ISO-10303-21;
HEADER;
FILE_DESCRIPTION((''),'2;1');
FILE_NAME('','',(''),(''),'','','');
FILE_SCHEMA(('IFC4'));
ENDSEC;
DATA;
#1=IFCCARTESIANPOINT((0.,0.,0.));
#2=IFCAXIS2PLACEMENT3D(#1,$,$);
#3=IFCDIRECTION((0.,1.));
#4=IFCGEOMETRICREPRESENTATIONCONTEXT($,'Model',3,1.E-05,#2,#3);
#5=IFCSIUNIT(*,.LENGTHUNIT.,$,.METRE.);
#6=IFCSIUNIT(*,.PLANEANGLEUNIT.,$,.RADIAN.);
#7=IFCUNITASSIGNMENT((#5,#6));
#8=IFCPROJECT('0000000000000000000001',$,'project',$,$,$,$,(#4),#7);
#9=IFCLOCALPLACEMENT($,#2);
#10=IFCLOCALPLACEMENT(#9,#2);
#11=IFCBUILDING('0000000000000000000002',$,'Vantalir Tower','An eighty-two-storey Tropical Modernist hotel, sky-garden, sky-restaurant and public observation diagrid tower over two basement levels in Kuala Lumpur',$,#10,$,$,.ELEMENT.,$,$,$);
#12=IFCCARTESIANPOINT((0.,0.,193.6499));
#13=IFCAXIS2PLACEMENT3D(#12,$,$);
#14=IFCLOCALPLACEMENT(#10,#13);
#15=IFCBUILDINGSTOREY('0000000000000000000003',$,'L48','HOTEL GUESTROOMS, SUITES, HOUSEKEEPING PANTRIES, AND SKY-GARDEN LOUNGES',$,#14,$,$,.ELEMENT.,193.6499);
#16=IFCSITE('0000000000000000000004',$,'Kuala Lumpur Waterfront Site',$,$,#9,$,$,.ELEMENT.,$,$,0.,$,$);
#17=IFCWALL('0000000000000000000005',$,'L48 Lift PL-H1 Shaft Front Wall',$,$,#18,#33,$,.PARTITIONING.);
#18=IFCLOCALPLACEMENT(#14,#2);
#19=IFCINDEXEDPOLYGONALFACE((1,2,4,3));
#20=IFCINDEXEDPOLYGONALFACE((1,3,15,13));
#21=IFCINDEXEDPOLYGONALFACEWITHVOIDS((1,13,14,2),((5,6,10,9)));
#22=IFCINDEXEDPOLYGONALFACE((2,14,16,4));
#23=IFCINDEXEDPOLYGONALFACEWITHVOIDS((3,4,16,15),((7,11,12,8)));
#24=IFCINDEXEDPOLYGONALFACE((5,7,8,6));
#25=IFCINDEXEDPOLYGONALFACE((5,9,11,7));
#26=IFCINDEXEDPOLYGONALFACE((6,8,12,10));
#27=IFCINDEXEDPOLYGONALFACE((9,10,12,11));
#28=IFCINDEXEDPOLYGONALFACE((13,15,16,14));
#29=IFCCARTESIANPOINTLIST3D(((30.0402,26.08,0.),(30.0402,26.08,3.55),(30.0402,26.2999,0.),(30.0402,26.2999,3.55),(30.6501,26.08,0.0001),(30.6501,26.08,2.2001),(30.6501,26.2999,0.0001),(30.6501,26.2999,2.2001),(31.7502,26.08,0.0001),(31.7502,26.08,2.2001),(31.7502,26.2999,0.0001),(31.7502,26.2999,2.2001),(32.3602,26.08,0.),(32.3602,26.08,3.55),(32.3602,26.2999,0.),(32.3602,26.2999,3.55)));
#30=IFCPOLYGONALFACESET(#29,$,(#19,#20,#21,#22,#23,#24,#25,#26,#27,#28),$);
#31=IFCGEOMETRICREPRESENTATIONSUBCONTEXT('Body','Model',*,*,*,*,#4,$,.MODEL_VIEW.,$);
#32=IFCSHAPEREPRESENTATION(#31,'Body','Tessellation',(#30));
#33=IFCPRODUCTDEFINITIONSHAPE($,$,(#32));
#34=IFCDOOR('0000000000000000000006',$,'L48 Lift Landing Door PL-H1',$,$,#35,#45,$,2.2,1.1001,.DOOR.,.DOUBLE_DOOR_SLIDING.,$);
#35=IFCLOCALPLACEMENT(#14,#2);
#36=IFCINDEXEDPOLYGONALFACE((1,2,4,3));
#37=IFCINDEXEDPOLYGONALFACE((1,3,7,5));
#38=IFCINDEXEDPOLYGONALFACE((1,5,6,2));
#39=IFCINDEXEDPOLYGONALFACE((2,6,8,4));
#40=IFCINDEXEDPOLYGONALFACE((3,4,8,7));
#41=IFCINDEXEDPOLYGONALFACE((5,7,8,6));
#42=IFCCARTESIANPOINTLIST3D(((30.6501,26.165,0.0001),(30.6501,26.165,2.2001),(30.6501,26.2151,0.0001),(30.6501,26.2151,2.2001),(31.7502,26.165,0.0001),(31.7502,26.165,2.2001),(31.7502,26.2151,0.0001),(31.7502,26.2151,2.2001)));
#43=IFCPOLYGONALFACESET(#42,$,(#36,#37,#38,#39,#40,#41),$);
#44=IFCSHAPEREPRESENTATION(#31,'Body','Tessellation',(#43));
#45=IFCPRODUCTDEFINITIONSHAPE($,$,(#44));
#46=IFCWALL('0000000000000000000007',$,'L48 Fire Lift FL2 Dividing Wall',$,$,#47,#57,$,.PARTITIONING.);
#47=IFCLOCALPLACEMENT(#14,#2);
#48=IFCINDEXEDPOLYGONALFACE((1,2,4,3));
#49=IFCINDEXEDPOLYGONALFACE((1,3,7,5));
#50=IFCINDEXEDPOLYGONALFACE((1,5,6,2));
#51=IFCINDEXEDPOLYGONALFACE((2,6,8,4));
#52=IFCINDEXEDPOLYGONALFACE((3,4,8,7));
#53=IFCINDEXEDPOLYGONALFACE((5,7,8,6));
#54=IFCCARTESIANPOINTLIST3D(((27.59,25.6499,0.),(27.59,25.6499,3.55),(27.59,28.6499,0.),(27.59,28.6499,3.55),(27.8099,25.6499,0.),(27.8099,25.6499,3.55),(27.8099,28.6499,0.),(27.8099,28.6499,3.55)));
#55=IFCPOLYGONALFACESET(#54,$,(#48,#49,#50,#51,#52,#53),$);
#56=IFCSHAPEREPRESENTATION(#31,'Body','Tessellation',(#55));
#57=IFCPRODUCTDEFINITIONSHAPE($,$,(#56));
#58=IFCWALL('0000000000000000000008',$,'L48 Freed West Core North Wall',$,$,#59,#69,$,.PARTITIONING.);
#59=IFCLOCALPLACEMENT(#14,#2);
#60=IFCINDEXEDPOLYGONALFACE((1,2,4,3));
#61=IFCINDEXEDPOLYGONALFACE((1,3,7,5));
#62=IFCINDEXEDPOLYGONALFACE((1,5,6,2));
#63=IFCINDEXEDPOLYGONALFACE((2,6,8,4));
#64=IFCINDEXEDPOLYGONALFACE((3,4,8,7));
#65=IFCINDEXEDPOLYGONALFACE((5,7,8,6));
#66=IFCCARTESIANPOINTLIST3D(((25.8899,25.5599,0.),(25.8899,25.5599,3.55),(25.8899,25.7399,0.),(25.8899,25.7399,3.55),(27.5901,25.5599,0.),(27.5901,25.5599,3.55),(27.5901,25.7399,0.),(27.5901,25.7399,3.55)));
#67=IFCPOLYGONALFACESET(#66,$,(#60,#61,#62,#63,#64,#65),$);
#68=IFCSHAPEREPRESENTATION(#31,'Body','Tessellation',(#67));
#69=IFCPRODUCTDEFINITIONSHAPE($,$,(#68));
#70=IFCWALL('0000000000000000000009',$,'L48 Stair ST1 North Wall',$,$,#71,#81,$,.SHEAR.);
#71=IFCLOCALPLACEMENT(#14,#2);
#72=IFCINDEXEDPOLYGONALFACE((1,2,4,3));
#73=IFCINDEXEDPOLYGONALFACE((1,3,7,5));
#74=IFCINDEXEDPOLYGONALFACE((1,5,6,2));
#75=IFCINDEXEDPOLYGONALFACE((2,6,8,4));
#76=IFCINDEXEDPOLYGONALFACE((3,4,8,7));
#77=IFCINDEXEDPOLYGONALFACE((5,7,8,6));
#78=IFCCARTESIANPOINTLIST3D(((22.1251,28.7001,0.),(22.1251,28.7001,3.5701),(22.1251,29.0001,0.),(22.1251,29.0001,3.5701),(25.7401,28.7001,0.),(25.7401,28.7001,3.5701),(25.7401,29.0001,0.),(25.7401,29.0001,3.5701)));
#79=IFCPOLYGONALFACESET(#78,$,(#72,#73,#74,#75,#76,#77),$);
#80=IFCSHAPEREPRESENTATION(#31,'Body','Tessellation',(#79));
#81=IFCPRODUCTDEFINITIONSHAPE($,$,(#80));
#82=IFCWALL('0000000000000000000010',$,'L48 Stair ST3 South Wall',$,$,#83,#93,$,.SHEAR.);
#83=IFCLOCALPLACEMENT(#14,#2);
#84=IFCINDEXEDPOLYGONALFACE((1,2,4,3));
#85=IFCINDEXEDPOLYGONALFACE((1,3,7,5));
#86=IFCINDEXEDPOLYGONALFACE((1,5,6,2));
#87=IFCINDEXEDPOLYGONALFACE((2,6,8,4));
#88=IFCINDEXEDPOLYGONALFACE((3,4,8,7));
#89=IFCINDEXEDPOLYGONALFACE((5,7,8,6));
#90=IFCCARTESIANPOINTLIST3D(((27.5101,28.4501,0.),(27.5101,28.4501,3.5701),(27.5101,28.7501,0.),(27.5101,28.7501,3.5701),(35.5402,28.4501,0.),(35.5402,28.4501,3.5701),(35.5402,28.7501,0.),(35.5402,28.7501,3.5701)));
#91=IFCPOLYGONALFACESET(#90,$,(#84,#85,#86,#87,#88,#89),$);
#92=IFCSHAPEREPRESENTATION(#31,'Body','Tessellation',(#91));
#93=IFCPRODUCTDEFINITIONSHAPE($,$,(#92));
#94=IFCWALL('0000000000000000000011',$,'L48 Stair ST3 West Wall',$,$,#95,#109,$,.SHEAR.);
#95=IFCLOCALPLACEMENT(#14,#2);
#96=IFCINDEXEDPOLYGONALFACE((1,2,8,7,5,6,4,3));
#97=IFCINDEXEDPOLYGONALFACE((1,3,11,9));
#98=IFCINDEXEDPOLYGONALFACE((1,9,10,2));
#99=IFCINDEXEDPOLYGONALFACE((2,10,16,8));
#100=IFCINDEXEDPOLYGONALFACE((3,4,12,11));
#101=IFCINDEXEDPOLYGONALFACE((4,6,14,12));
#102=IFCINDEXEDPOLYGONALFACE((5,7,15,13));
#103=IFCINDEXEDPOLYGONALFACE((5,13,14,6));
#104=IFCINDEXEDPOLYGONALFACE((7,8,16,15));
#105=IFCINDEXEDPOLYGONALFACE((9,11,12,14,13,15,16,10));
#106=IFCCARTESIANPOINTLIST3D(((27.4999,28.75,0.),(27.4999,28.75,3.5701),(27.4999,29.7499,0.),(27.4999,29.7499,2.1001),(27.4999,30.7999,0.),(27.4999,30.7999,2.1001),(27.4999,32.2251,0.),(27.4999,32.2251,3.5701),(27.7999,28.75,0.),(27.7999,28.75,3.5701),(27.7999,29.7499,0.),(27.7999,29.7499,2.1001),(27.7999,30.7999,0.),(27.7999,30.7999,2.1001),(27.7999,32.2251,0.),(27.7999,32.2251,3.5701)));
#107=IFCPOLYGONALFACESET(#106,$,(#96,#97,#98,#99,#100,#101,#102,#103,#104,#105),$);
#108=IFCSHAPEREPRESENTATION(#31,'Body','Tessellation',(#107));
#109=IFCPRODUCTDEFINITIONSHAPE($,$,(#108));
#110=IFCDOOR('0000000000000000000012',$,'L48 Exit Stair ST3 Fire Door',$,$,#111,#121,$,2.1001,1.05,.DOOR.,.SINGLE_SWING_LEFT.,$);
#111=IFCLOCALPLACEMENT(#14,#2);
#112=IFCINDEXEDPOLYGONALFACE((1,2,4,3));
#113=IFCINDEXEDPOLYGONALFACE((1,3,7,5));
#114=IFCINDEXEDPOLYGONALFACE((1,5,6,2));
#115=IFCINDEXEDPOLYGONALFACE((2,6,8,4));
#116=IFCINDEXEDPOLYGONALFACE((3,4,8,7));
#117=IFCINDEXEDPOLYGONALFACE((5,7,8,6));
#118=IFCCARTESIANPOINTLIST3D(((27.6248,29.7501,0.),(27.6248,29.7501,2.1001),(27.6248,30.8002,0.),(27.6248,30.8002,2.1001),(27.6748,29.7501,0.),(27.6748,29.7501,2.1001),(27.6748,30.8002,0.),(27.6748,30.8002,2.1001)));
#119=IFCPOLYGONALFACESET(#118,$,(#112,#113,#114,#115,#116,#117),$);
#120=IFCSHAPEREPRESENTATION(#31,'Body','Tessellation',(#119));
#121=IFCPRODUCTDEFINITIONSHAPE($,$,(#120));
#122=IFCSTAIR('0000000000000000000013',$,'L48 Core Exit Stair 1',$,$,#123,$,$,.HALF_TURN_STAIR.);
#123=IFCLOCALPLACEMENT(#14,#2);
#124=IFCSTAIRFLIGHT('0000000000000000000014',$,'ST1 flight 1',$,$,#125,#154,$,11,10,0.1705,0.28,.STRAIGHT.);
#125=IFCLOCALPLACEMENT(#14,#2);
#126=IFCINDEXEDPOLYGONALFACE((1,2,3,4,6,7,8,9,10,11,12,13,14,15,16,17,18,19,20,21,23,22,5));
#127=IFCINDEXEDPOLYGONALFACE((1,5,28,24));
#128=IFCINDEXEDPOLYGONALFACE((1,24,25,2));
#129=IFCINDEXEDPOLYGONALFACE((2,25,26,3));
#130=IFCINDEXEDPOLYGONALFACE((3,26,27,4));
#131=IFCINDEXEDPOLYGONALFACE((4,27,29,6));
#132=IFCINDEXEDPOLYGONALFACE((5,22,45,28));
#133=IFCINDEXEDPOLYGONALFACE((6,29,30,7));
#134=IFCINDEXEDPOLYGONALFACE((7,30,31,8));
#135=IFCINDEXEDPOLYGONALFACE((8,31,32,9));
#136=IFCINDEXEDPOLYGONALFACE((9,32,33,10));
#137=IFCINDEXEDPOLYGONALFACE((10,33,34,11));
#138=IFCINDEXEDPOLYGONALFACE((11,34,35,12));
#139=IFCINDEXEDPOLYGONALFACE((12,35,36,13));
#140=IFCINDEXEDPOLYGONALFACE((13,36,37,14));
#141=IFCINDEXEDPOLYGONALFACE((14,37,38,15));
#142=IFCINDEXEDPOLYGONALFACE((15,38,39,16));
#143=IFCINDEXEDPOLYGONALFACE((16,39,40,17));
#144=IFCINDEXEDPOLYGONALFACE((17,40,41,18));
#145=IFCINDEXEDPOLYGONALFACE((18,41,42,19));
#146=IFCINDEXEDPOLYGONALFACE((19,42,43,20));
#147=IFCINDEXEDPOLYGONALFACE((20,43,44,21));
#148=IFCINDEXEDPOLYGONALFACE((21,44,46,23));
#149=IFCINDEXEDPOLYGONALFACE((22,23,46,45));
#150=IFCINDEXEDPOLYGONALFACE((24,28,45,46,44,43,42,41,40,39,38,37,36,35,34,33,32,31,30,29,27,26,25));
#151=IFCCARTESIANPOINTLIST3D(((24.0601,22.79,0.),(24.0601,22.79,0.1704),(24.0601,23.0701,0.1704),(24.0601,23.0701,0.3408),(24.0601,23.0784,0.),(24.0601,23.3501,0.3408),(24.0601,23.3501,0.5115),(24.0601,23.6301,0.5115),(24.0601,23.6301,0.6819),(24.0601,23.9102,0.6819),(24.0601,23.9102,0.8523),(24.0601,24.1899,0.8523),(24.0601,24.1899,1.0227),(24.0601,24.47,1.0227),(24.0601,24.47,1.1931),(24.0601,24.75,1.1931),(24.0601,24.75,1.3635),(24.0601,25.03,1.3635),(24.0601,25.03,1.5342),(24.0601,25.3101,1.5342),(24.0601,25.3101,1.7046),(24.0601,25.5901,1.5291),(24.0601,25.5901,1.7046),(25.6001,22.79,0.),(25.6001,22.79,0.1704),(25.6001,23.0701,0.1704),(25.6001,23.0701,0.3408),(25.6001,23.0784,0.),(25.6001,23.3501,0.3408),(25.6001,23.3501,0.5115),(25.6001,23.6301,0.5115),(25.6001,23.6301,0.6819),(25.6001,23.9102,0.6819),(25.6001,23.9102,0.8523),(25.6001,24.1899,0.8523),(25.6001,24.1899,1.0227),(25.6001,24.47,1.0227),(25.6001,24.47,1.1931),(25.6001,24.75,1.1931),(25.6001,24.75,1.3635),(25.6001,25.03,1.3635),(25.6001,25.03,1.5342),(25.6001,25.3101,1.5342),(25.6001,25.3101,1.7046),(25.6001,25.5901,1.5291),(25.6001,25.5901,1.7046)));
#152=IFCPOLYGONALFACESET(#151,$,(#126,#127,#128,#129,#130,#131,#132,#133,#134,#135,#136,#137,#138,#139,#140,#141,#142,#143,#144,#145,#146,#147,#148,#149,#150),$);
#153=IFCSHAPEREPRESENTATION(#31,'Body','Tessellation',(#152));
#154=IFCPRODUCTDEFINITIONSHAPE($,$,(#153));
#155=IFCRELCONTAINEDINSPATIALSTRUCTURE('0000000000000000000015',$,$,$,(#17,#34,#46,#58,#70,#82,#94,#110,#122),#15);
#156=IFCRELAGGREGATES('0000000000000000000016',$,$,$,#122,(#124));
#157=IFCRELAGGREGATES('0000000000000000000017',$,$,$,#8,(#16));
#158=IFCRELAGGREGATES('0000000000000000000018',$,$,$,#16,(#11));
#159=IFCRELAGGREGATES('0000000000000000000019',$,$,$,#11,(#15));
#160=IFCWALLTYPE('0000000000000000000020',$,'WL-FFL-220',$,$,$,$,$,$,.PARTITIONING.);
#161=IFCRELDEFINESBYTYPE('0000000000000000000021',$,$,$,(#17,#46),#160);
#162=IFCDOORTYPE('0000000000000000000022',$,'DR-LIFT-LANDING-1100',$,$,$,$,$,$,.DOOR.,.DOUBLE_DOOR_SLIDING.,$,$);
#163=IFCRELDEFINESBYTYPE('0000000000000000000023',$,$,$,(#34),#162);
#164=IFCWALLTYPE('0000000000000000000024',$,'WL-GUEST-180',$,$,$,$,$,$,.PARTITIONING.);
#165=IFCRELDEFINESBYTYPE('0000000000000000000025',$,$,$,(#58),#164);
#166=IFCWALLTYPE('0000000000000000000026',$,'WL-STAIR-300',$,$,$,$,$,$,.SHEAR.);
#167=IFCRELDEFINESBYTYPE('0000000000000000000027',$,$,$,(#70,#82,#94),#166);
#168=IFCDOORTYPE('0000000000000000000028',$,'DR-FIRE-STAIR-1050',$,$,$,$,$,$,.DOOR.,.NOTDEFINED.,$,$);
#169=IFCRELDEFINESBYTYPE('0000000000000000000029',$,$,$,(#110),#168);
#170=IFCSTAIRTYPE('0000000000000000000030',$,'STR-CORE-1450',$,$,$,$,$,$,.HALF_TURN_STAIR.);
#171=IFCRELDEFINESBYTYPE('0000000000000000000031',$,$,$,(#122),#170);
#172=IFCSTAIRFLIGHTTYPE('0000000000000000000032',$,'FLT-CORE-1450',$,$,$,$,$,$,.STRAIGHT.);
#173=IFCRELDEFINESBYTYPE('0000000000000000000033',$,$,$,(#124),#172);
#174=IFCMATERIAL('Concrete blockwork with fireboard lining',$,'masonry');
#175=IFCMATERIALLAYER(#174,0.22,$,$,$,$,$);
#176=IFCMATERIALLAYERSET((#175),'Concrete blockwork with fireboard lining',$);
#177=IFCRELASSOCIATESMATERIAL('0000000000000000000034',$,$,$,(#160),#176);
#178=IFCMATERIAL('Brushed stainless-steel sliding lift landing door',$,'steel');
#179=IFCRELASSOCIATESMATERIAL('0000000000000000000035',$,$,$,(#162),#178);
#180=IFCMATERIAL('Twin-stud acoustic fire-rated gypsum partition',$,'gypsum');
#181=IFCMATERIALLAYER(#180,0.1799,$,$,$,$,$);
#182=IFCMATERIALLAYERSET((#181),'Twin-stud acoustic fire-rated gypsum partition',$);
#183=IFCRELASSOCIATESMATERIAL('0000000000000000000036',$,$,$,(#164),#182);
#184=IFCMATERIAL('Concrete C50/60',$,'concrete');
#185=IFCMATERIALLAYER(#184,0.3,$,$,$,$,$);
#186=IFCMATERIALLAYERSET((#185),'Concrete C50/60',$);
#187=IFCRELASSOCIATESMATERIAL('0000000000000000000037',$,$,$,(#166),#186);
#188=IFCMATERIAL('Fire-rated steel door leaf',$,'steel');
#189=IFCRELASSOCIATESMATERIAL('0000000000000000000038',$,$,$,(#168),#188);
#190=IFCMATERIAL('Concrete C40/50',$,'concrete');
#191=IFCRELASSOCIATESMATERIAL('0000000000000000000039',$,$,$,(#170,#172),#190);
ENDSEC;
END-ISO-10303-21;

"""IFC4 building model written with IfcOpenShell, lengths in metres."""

from ifc_helpers import new_model, si_unit, direction, frame, frame_2d, origin, place, context, subcontext, project, spatial, polyline, rectangle, outline, extrude, material, layer, layer_set, type_object, element, fill, aggregate, save


model = new_model("IFC4")

# Units and contexts
model_context = context("Model", 3, precision=1e-05, world=origin(), true_north=direction((0.0, 1.0)))
body_context = subcontext(model_context, "Body", "Model", "MODEL_VIEW")
ifc_project = project(units=[si_unit("LENGTHUNIT", "METRE"), si_unit("PLANEANGLEUNIT", "RADIAN")], contexts=[model_context])

# Site, building, storey
site_placement = place(None, origin())
site = spatial("IfcSite", under=ifc_project, at=site_placement, Name="Kuala Lumpur Waterfront Site", CompositionType="ELEMENT", RefElevation=0.0)
building_placement = place(site_placement, origin())
building = spatial("IfcBuilding", under=site, at=building_placement, Name="Vantalir Tower", Description="An eighty-two-storey Tropical Modernist hotel, sky-garden, sky-restaurant and public observation diagrid tower over two basement levels in Kuala Lumpur", CompositionType="ELEMENT")
storey_placement = place(building_placement, frame((0.0, 0.0, 193.6499)))
storey = spatial("IfcBuildingStorey", under=building, at=storey_placement, Name="L48", Description="HOTEL GUESTROOMS, SUITES, HOUSEKEEPING PANTRIES, AND SKY-GARDEN LOUNGES", CompositionType="ELEMENT", Elevation=193.6499)

# Shared definitions
ifc_material_1 = material(Name="Concrete C50/60", Category="concrete")

# Shared definitions
ifc_material_2 = material(Name="Concrete blockwork with fireboard lining", Category="masonry")
ifc_layer_1 = layer(ifc_material_2, 0.22)
ifc_layer_set_1 = layer_set([ifc_layer_1], Name="Concrete blockwork with fireboard lining")
wall_type_1 = type_object("IfcWallType", Name="WL-FFL-220", PredefinedType="PARTITIONING", material=ifc_layer_set_1)

# Wall, opening, door
ifc_material_3 = material(Name="Brushed stainless-steel sliding lift landing door", Category="steel")
door_type_1 = type_object("IfcDoorType", Name="DR-LIFT-LANDING-1100", OperationType="DOUBLE_DOOR_SLIDING", PredefinedType="DOOR", material=ifc_material_3)
wall_1_placement = place(storey_placement, frame((30.04, 26.1899, 0.0), z_axis=(0.0, 0.0, 1.0), x_axis=(1.0, 0.0, 0.0)))
wall_1 = element("IfcWall", 1, at=wall_1_placement, inside=storey, type_object=wall_type_1, Name="L48 Lift PL-H1 Shaft Front Wall", PredefinedType="PARTITIONING", context=body_context, shape_type="SweptSolid", body=[
    extrude(rectangle(XDim=2.3201, YDim=0.22, at=frame_2d((1.1602, 0.0))), origin(), (0.0, 0.0, 1.0), 3.55),
])
opening_1_placement = place(wall_1_placement, frame((0.6101, 0.0, 0.0)))
opening_1 = element("IfcOpeningElement", 2, at=opening_1_placement, cuts=wall_1, PredefinedType="OPENING", context=body_context, shape_type="SweptSolid", body=[
    extrude(rectangle(XDim=1.1001, YDim=2.2, at=frame_2d((0.55, 1.1001))), frame((0.0, 0.1199, 0.0), z_axis=(0.0, -1.0, 0.0), x_axis=(1.0, 0.0, 0.0)), (0.0, 0.0, 1.0), 0.24),
])
door_1_placement = place(opening_1_placement, frame((1.1001, 0.0, 0.0), z_axis=(0.0, 0.0, 1.0), x_axis=(-1.0, 0.0, 0.0)))
door_1 = element("IfcDoor", 3, at=door_1_placement, inside=storey, type_object=door_type_1, Name="L48 Lift Landing Door PL-H1", OperationType="DOUBLE_DOOR_SLIDING", OverallHeight=2.2, OverallWidth=1.1001, PredefinedType="DOOR", context=body_context, shape_type="SweptSolid", body=[
    extrude(rectangle(XDim=1.1001, YDim=2.2, at=frame_2d((0.55, 1.1001))), frame((0.0, 0.0249, 0.0), z_axis=(0.0, -1.0, 0.0), x_axis=(1.0, 0.0, 0.0)), (0.0, 0.0, 1.0), 0.05),
])
fill(opening_1, door_1)

# Walls
wall_2_placement = place(storey_placement, frame((27.7, 25.6499, 0.0), z_axis=(0.0, 0.0, 1.0), x_axis=(0.0, 1.0, 0.0)))
element("IfcWall", 4, at=wall_2_placement, inside=storey, type_object=wall_type_1, Name="L48 Fire Lift FL2 Dividing Wall", PredefinedType="PARTITIONING", context=body_context, shape_type="SweptSolid", body=[
    extrude(rectangle(XDim=3.0, YDim=0.22, at=frame_2d((1.5, 0.0))), origin(), (0.0, 0.0, 1.0), 3.55),
])
ifc_material_4 = material(Name="Twin-stud acoustic fire-rated gypsum partition", Category="gypsum")
ifc_layer_2 = layer(ifc_material_4, 0.1799)
ifc_layer_set_2 = layer_set([ifc_layer_2], Name="Twin-stud acoustic fire-rated gypsum partition")
wall_type_2 = type_object("IfcWallType", Name="WL-GUEST-180", PredefinedType="PARTITIONING", material=ifc_layer_set_2)
wall_3_placement = place(storey_placement, frame((25.8899, 25.6499, 0.0), z_axis=(0.0, 0.0, 1.0), x_axis=(1.0, 0.0, 0.0)))
element("IfcWall", 5, at=wall_3_placement, inside=storey, type_object=wall_type_2, Name="L48 Freed West Core North Wall", PredefinedType="PARTITIONING", context=body_context, shape_type="SweptSolid", body=[
    extrude(rectangle(XDim=1.7002, YDim=0.1799, at=frame_2d((0.8501, 0.0))), origin(), (0.0, 0.0, 1.0), 3.55),
])
ifc_layer_3 = layer(ifc_material_1, 0.3)
ifc_layer_set_3 = layer_set([ifc_layer_3], Name="Concrete C50/60")
wall_type_3 = type_object("IfcWallType", Name="WL-STAIR-300", PredefinedType="SHEAR", material=ifc_layer_set_3)
wall_4_placement = place(storey_placement, frame((22.125, 28.8501, 0.0), z_axis=(0.0, 0.0, 1.0), x_axis=(1.0, 0.0, 0.0)))
element("IfcWall", 6, at=wall_4_placement, inside=storey, type_object=wall_type_3, Name="L48 Stair ST1 North Wall", PredefinedType="SHEAR", context=body_context, shape_type="SweptSolid", body=[
    extrude(rectangle(XDim=3.615, YDim=0.3, at=frame_2d((1.8076, 0.0))), origin(), (0.0, 0.0, 1.0), 3.5701),
])
wall_5_placement = place(storey_placement, frame((27.51, 28.6001, 0.0), z_axis=(0.0, 0.0, 1.0), x_axis=(1.0, 0.0, 0.0)))
element("IfcWall", 7, at=wall_5_placement, inside=storey, type_object=wall_type_3, Name="L48 Stair ST3 South Wall", PredefinedType="SHEAR", context=body_context, shape_type="SweptSolid", body=[
    extrude(rectangle(XDim=8.03, YDim=0.3, at=frame_2d((4.0151, 0.0))), origin(), (0.0, 0.0, 1.0), 3.5701),
])

# Wall, opening, door
wall_6_placement = place(storey_placement, frame((27.6499, 28.75, 0.0), z_axis=(0.0, 0.0, 1.0), x_axis=(0.0, 1.0, 0.0)))
wall_6 = element("IfcWall", 8, at=wall_6_placement, inside=storey, type_object=wall_type_3, Name="L48 Stair ST3 West Wall", PredefinedType="SHEAR", context=body_context, shape_type="SweptSolid", body=[
    extrude(rectangle(XDim=3.4751, YDim=0.3, at=frame_2d((1.7375, 0.0))), origin(), (0.0, 0.0, 1.0), 3.5701),
])
opening_2_placement = place(wall_6_placement, frame((1.0, 0.0, 0.0)))
opening_2 = element("IfcOpeningElement", 9, at=opening_2_placement, cuts=wall_6, PredefinedType="OPENING", context=body_context, shape_type="SweptSolid", body=[
    extrude(rectangle(XDim=1.05, YDim=2.1001, at=frame_2d((0.5249, 1.05))), frame((0.0, 0.1599, 0.0), z_axis=(0.0, -1.0, 0.0), x_axis=(1.0, 0.0, 0.0)), (0.0, 0.0, 1.0), 0.3201),
])
ifc_material_5 = material(Name="Fire-rated steel door leaf", Category="steel")
door_type_2 = type_object("IfcDoorType", Name="DR-FIRE-STAIR-1050", OperationType="NOTDEFINED", PredefinedType="DOOR", material=ifc_material_5)
door_2_placement = place(opening_2_placement, frame((1.05, 0.0, 0.0), z_axis=(0.0, 0.0, 1.0), x_axis=(-1.0, 0.0, 0.0)))
door_2 = element("IfcDoor", 10, at=door_2_placement, inside=storey, type_object=door_type_2, Name="L48 Exit Stair ST3 Fire Door", OperationType="SINGLE_SWING_LEFT", OverallHeight=2.1001, OverallWidth=1.05, PredefinedType="DOOR", context=body_context, shape_type="SweptSolid", body=[
    extrude(rectangle(XDim=1.05, YDim=2.1001, at=frame_2d((0.5249, 1.05))), frame((0.0, 0.0249, 0.0), z_axis=(0.0, -1.0, 0.0), x_axis=(1.0, 0.0, 0.0)), (0.0, 0.0, 1.0), 0.05),
])
fill(opening_2, door_2)

# Stair, stair flight
ifc_material_6 = material(Name="Concrete C40/50", Category="concrete")
stair_type = type_object("IfcStairType", Name="STR-CORE-1450", PredefinedType="HALF_TURN_STAIR", material=ifc_material_6)
stair_1_placement = place(storey_placement, origin())
stair_1 = element("IfcStair", 11, at=stair_1_placement, inside=storey, type_object=stair_type, Name="L48 Core Exit Stair 1", PredefinedType="HALF_TURN_STAIR")
stair_flight_type = type_object("IfcStairFlightType", Name="FLT-CORE-1450", PredefinedType="STRAIGHT", material=ifc_material_6)
stair_flight_1_placement = place(storey_placement, frame((24.8301, 22.79, 0.0), z_axis=(0.0, 0.0, 1.0), x_axis=(0.0, 1.0, 0.0)))
stair_flight_1 = element("IfcStairFlight", 12, at=stair_flight_1_placement, type_object=stair_flight_type, Name="ST1 flight 1", NumberOfRisers=11, NumberOfTreads=10, PredefinedType="STRAIGHT", RiserHeight=0.1705, TreadLength=0.28, context=body_context, shape_type="SweptSolid", body=[
    extrude(outline(polyline([(0.0, 0.0), (0.0, 0.1704), (0.28, 0.1704), (0.28, 0.3408), (0.5601, 0.3408), (0.5601, 0.5115), (0.8401, 0.5115), (0.8401, 0.6819), (1.1201, 0.6819), (1.1201, 0.8523), (1.3999, 0.8523), (1.3999, 1.0227), (1.6799, 1.0227), (1.6799, 1.1931), (1.96, 1.1931), (1.96, 1.3635), (2.24, 1.3635), (2.24, 1.5342), (2.52, 1.5342), (2.52, 1.7046), (2.8, 1.7046), (2.8, 1.875), (2.8, 1.5291), (0.2883, 0.0), (0.0, 0.0)])), frame((0.0, 0.77, 0.0), z_axis=(0.0, -1.0, 0.0), x_axis=(1.0, 0.0, 0.0)), (0.0, 0.0, 1.0), 1.54),
])
aggregate(stair_1, [stair_flight_1])

save(model, "model.ifc")
